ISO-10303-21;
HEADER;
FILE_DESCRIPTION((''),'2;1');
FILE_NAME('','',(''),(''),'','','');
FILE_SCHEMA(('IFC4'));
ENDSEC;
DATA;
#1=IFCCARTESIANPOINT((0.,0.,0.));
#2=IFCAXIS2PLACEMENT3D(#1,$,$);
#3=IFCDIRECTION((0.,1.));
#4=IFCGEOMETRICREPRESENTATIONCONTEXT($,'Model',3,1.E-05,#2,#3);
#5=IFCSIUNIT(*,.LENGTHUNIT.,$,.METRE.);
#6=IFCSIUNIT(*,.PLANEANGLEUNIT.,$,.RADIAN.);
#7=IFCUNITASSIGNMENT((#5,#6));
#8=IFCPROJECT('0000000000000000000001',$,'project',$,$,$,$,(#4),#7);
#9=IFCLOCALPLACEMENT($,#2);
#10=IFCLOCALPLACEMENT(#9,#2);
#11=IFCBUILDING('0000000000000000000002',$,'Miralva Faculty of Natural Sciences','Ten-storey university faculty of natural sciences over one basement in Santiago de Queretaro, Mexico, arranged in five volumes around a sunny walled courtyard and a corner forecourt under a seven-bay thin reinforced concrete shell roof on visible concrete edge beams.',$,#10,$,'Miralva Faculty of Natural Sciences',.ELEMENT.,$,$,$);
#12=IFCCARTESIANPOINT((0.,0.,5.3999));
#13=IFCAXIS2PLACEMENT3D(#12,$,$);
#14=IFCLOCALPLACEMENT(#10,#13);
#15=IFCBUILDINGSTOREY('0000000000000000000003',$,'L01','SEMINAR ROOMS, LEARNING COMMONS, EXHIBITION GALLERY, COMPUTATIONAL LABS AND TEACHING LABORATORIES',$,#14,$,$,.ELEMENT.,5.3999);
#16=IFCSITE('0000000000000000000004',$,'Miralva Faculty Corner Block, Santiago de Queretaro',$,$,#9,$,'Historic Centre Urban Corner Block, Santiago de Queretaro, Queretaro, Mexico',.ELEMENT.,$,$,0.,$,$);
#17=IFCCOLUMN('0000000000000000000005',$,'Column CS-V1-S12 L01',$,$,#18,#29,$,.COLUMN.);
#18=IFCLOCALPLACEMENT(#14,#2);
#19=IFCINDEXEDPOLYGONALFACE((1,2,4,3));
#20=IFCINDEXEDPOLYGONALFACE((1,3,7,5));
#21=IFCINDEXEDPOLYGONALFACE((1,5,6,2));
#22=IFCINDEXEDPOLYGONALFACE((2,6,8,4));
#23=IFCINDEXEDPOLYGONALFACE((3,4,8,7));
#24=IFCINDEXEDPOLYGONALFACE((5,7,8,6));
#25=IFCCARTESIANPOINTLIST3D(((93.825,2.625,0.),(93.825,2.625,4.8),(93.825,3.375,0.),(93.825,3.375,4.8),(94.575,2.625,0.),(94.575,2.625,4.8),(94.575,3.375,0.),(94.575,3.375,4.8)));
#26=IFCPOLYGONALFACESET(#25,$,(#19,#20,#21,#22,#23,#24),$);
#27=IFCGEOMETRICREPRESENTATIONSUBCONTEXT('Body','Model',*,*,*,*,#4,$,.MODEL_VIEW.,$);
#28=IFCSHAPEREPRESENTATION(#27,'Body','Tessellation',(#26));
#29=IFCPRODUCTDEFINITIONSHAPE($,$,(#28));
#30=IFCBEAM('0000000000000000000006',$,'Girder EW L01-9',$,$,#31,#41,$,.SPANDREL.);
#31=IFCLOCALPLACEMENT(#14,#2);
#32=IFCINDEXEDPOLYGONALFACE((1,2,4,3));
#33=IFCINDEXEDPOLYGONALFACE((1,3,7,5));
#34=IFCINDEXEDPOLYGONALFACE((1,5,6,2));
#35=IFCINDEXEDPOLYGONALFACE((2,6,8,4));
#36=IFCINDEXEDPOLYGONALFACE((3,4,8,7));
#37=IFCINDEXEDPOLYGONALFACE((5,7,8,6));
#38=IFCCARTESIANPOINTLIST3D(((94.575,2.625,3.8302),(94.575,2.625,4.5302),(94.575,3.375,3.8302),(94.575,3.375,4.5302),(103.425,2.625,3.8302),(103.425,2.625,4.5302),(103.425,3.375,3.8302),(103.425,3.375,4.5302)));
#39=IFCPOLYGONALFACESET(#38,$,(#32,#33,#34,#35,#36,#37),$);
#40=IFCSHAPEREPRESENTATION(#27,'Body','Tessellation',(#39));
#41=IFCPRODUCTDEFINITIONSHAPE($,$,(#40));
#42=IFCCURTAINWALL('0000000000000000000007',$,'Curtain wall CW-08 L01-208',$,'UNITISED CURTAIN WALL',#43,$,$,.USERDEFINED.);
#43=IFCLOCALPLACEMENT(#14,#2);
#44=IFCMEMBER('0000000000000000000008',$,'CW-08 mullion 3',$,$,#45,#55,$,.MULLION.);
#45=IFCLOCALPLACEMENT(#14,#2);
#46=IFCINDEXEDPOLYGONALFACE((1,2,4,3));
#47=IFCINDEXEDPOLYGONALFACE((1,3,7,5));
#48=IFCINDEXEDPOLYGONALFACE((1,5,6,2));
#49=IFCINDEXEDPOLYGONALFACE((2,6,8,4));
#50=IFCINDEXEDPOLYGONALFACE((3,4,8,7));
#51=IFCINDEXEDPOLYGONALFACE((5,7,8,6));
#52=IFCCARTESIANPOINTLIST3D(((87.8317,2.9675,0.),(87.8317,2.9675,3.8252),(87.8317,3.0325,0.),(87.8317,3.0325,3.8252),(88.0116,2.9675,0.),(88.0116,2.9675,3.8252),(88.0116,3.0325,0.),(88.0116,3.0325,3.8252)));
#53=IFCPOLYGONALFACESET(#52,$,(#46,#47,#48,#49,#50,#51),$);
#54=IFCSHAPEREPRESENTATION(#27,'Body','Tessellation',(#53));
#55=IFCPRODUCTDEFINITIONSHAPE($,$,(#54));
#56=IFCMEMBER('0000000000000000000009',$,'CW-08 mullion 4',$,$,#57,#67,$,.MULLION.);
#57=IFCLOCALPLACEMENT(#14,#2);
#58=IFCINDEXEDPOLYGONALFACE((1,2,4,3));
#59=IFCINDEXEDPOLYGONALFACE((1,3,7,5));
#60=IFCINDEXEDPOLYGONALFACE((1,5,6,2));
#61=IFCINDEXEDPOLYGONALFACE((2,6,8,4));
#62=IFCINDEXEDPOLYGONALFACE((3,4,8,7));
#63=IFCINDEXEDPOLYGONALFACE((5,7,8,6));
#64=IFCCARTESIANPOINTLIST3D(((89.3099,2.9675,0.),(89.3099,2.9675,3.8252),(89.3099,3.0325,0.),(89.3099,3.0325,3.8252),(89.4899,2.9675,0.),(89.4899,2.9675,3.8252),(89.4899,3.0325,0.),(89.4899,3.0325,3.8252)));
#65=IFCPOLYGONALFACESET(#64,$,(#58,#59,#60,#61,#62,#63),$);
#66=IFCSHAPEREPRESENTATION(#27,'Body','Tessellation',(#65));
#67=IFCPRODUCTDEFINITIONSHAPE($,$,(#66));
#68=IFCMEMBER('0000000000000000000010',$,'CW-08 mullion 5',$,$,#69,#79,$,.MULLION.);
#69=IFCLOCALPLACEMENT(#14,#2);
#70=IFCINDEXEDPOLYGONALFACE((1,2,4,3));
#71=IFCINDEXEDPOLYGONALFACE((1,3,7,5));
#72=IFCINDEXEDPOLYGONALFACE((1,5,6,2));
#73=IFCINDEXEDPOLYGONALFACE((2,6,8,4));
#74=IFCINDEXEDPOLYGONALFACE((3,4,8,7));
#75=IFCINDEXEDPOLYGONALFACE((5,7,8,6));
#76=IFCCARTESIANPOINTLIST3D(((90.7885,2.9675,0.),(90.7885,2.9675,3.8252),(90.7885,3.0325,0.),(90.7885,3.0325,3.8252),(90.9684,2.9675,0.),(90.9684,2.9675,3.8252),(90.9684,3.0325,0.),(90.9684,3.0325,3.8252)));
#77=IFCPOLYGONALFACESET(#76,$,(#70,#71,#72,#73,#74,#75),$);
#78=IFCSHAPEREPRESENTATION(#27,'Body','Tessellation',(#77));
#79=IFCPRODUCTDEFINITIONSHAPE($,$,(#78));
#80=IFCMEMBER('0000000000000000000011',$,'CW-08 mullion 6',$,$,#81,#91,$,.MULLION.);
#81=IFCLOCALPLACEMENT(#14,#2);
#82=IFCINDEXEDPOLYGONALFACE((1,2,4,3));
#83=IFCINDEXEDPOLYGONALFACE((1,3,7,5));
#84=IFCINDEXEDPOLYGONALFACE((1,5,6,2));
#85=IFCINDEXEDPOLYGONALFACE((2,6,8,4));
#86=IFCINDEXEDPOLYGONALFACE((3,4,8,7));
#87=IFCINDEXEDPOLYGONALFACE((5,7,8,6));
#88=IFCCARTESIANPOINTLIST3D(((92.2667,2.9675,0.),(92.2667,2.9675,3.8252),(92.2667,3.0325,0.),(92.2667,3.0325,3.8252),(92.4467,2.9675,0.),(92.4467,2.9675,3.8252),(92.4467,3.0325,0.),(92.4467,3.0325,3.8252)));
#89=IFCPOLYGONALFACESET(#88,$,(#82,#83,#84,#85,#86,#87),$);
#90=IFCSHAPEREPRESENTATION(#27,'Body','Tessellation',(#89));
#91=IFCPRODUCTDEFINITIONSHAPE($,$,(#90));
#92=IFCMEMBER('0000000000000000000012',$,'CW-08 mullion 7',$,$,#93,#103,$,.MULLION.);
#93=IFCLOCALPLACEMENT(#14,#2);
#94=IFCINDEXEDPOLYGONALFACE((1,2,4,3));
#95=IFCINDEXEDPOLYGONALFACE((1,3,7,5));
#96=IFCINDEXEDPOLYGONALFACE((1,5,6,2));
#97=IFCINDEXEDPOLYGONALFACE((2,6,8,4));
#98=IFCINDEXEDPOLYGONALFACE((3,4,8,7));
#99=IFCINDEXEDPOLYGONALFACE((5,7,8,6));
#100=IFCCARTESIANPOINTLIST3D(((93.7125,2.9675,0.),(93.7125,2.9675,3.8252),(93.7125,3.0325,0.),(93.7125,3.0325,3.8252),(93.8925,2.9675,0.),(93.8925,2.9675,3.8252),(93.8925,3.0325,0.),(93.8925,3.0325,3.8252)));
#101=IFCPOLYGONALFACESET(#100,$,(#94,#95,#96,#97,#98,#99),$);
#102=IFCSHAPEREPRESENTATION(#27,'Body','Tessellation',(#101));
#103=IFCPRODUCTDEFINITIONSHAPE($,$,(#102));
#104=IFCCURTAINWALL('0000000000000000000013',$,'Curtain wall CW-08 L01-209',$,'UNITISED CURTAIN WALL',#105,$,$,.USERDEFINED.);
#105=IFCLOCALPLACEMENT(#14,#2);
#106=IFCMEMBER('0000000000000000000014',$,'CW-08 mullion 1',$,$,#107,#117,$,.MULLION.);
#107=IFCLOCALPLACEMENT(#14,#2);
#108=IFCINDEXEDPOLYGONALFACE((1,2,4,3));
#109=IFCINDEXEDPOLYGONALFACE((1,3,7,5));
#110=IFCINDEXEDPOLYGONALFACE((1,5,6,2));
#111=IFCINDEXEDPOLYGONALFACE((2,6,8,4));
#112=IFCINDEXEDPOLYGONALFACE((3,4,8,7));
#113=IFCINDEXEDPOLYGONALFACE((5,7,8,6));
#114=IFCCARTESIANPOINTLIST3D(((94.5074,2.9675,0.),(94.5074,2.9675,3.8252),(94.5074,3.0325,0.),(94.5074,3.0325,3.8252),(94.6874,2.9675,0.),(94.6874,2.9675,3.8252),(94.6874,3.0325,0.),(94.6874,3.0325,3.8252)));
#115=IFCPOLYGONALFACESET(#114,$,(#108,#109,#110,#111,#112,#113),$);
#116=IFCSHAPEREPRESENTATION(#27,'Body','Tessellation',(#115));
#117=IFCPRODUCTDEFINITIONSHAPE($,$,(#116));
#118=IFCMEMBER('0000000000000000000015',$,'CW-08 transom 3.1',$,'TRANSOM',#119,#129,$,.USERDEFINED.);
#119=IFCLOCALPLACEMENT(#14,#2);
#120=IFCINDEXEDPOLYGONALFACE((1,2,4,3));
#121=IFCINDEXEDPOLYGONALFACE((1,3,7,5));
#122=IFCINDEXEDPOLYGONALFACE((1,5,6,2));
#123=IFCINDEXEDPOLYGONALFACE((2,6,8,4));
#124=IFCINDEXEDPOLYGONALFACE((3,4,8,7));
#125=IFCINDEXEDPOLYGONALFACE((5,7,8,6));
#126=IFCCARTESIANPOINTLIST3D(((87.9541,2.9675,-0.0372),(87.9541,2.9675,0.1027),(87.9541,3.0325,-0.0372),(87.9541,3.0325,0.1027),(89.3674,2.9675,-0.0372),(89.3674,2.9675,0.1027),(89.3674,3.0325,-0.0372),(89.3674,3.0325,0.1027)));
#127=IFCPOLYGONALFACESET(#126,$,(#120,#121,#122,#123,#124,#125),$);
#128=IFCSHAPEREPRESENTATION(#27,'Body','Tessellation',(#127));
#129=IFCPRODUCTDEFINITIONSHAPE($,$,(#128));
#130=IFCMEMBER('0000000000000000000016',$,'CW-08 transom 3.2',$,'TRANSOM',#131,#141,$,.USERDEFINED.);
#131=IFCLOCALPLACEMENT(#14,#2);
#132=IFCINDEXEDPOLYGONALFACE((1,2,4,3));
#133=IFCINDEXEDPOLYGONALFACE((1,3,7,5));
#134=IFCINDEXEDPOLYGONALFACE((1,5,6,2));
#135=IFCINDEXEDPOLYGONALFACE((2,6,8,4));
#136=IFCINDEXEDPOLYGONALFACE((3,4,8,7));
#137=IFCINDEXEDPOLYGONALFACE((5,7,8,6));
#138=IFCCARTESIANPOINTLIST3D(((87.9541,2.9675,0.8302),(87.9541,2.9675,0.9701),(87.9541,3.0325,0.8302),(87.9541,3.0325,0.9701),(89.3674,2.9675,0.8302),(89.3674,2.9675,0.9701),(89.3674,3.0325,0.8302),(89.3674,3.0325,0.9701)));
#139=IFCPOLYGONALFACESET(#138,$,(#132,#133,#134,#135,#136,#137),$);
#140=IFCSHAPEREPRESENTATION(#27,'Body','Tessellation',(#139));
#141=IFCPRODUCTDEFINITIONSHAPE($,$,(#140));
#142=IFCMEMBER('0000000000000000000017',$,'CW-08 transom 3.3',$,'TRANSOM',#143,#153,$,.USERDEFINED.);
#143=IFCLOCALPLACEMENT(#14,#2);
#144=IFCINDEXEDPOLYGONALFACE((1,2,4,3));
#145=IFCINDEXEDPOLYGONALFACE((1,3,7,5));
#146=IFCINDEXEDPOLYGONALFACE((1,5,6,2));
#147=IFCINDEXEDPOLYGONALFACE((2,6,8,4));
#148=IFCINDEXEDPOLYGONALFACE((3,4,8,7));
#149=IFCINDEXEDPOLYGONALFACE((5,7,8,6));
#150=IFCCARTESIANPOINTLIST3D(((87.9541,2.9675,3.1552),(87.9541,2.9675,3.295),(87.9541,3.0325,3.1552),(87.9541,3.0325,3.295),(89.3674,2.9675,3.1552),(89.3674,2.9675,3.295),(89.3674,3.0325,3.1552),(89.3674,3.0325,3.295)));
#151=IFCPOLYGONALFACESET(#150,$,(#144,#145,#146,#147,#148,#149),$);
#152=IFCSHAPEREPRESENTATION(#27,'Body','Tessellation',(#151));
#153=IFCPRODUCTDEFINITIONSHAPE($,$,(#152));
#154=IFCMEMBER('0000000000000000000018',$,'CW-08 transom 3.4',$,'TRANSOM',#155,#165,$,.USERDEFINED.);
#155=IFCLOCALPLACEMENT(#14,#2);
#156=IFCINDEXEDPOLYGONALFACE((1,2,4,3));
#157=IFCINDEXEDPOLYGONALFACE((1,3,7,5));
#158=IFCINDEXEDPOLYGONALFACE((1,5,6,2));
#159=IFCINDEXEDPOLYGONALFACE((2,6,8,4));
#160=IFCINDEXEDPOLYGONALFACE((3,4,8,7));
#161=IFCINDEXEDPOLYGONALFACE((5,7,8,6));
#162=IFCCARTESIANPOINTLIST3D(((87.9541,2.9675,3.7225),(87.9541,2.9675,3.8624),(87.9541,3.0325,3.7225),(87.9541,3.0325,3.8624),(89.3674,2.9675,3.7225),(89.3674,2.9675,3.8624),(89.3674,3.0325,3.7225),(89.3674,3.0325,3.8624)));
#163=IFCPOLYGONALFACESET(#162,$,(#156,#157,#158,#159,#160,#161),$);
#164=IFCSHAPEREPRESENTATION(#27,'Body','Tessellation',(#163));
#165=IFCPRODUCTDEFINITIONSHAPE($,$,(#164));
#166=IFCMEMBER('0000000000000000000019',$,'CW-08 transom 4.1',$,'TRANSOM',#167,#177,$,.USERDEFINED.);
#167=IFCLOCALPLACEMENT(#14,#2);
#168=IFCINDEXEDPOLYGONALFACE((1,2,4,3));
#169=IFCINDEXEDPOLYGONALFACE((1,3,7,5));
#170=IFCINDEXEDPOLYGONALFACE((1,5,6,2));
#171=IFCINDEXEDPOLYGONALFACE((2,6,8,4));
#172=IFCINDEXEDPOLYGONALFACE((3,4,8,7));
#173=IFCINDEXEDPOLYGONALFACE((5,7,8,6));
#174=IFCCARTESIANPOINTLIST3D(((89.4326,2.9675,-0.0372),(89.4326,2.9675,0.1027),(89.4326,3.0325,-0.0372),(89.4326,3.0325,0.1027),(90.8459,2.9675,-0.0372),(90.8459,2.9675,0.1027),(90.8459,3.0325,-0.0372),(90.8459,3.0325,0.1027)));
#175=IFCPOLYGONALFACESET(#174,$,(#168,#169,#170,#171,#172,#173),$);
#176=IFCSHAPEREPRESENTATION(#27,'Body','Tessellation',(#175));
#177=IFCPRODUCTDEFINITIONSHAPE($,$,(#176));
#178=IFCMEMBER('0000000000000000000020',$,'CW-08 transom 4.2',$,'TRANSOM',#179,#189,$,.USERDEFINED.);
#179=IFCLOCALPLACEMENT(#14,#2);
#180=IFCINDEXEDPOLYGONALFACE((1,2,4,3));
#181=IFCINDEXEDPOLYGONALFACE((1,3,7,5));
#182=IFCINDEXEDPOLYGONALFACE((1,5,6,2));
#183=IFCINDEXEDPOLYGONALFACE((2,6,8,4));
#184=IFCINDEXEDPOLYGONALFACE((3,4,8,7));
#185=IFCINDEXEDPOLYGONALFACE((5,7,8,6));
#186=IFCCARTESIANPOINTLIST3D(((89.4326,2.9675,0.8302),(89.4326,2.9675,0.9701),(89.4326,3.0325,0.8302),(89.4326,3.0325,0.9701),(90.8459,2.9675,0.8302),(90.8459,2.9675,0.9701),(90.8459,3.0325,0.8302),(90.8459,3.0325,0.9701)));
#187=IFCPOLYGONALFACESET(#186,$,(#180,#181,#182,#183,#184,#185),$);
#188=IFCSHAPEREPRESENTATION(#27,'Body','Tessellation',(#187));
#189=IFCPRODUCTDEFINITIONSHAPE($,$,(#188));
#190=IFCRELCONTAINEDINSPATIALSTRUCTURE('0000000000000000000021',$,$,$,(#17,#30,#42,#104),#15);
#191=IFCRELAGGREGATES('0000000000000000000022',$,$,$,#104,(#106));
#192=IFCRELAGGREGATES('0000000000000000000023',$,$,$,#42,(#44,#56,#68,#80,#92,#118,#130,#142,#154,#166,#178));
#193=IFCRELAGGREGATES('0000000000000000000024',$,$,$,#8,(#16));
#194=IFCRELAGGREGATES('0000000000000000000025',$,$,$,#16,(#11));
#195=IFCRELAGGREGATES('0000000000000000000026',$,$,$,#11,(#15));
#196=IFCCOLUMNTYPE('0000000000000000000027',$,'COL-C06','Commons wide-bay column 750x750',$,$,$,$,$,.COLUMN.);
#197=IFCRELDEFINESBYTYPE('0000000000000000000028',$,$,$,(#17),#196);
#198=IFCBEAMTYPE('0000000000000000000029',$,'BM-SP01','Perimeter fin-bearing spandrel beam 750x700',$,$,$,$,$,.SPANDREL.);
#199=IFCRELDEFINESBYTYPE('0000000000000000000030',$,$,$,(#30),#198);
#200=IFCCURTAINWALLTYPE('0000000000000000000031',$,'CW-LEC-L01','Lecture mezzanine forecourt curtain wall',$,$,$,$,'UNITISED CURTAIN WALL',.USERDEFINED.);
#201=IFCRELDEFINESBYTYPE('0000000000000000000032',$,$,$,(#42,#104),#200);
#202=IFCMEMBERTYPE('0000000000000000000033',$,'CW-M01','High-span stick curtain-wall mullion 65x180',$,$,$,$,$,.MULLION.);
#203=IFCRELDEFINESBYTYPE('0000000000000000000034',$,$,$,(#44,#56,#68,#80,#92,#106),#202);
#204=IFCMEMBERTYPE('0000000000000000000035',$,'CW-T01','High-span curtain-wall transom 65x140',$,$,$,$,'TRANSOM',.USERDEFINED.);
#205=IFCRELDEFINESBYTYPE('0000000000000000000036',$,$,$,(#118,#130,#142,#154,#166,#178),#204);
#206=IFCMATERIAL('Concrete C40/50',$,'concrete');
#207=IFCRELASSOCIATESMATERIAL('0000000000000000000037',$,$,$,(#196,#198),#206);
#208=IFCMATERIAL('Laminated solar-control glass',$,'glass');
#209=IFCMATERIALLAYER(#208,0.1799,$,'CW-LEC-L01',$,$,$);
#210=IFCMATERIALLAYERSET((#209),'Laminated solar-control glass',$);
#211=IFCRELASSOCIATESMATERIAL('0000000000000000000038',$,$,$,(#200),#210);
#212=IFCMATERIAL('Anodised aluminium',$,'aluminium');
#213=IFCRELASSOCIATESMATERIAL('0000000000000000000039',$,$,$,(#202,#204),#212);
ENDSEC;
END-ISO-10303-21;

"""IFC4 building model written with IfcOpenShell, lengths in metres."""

from ifc_helpers import new_model, si_unit, direction, frame, origin, origin_2d, place, context, subcontext, project, spatial, rectangle, extrude, material, layer, layer_set, material_profile, profile_set, type_object, element, aggregate, save


model = new_model("IFC4")

# Units and contexts
model_context = context("Model", 3, precision=1e-05, world=origin(), true_north=direction((0.0, 1.0)))
body_context = subcontext(model_context, "Body", "Model", "MODEL_VIEW")
ifc_project = project(units=[si_unit("LENGTHUNIT", "METRE"), si_unit("PLANEANGLEUNIT", "RADIAN")], contexts=[model_context])

# Site, building, storey
site_placement = place(None, origin())
site = spatial("IfcSite", under=ifc_project, at=site_placement, Name="Miralva Faculty Corner Block, Santiago de Queretaro", LongName="Historic Centre Urban Corner Block, Santiago de Queretaro, Queretaro, Mexico", CompositionType="ELEMENT", RefElevation=0.0)
building_placement = place(site_placement, origin())
building = spatial("IfcBuilding", under=site, at=building_placement, Name="Miralva Faculty of Natural Sciences", Description="Ten-storey university faculty of natural sciences over one basement in Santiago de Queretaro, Mexico, arranged in five volumes around a sunny walled courtyard and a corner forecourt under a seven-bay thin reinforced concrete shell roof on visible concrete edge beams.", LongName="Miralva Faculty of Natural Sciences", CompositionType="ELEMENT")
storey_placement = place(building_placement, frame((0.0, 0.0, 5.3999)))
storey = spatial("IfcBuildingStorey", under=building, at=storey_placement, Name="L01", Description="SEMINAR ROOMS, LEARNING COMMONS, EXHIBITION GALLERY, COMPUTATIONAL LABS AND TEACHING LABORATORIES", CompositionType="ELEMENT", Elevation=5.3999)

# Column
ifc_material_1 = material(Name="Concrete C40/50", Category="concrete")
ifc_material_profile_1 = material_profile(ifc_material_1, rectangle(XDim=0.75, YDim=0.75, at=origin_2d()), Name="RC 750x750")
ifc_profile_set_1 = profile_set([ifc_material_profile_1], Name="Concrete C40/50")
column_type = type_object("IfcColumnType", Name="COL-C06", Description="Commons wide-bay column 750x750", PredefinedType="COLUMN", material=ifc_profile_set_1)
column_placement = place(storey_placement, frame((94.2, 3.0, 0.0), z_axis=(0.0, 0.0, 1.0), x_axis=(1.0, 0.0, 0.0)))
element("IfcColumn", 1, at=column_placement, inside=storey, type_object=column_type, Name="Column CS-V1-S12 L01", PredefinedType="COLUMN", context=body_context, shape_type="SweptSolid", body=[
    extrude(rectangle(XDim=0.75, YDim=0.75, at=origin_2d()), origin(), (0.0, 0.0, 1.0), 4.8),
])

# Beam
ifc_material_profile_2 = material_profile(ifc_material_1, rectangle(XDim=0.75, YDim=0.7, at=origin_2d()), Name="RC 750x700")
ifc_profile_set_2 = profile_set([ifc_material_profile_2], Name="Concrete C40/50")
beam_type = type_object("IfcBeamType", Name="BM-SP01", Description="Perimeter fin-bearing spandrel beam 750x700", PredefinedType="SPANDREL", material=ifc_profile_set_2)
beam_placement = place(storey_placement, frame((94.575, 3.0, 4.1802), z_axis=(1.0, 0.0, 0.0), x_axis=(0.0, 1.0, 0.0)))
element("IfcBeam", 2, at=beam_placement, inside=storey, type_object=beam_type, Name="Girder EW L01-9", PredefinedType="SPANDREL", context=body_context, shape_type="SweptSolid", body=[
    extrude(rectangle(XDim=0.75, YDim=0.7, at=origin_2d()), origin(), (0.0, 0.0, 1.0), 8.8501),
])

# Curtain wall, members
ifc_material_2 = material(Name="Laminated solar-control glass", Category="glass")
ifc_layer_1 = layer(ifc_material_2, 0.1799, Name="CW-LEC-L01")
ifc_layer_set_1 = layer_set([ifc_layer_1], Name="Laminated solar-control glass")
curtain_wall_type = type_object("IfcCurtainWallType", Name="CW-LEC-L01", Description="Lecture mezzanine forecourt curtain wall", ElementType="UNITISED CURTAIN WALL", PredefinedType="USERDEFINED", material=ifc_layer_set_1)
curtain_wall_1_placement = place(storey_placement, origin())
curtain_wall_1 = element("IfcCurtainWall", 3, at=curtain_wall_1_placement, inside=storey, type_object=curtain_wall_type, Name="Curtain wall CW-08 L01-208", ObjectType="UNITISED CURTAIN WALL", PredefinedType="USERDEFINED")
ifc_material_3 = material(Name="Anodised aluminium", Category="aluminium")
ifc_material_profile_3 = material_profile(ifc_material_3, rectangle(XDim=0.0649, YDim=0.1799, at=origin_2d()), Name="MULLION 65x180")
ifc_profile_set_3 = profile_set([ifc_material_profile_3], Name="Anodised aluminium")
member_type_1 = type_object("IfcMemberType", Name="CW-M01", Description="High-span stick curtain-wall mullion 65x180", PredefinedType="MULLION", material=ifc_profile_set_3)
member_1_placement = place(storey_placement, frame((87.9216, 3.0, 0.0), z_axis=(0.0, 0.0, 1.0), x_axis=(0.0, 1.0, 0.0)))
member_1 = element("IfcMember", 4, at=member_1_placement, type_object=member_type_1, Name="CW-08 mullion 3", PredefinedType="MULLION", context=body_context, shape_type="SweptSolid", body=[
    extrude(rectangle(XDim=0.0649, YDim=0.1799, at=origin_2d()), origin(), (0.0, 0.0, 1.0), 3.8252),
])
member_2_placement = place(storey_placement, frame((89.3999, 3.0, 0.0), z_axis=(0.0, 0.0, 1.0), x_axis=(0.0, 1.0, 0.0)))
member_2 = element("IfcMember", 5, at=member_2_placement, type_object=member_type_1, Name="CW-08 mullion 4", PredefinedType="MULLION", context=body_context, shape_type="SweptSolid", body=[
    extrude(rectangle(XDim=0.0649, YDim=0.1799, at=origin_2d()), origin(), (0.0, 0.0, 1.0), 3.8252),
])
member_3_placement = place(storey_placement, frame((90.8784, 3.0, 0.0), z_axis=(0.0, 0.0, 1.0), x_axis=(0.0, 1.0, 0.0)))
member_3 = element("IfcMember", 6, at=member_3_placement, type_object=member_type_1, Name="CW-08 mullion 5", PredefinedType="MULLION", context=body_context, shape_type="SweptSolid", body=[
    extrude(rectangle(XDim=0.0649, YDim=0.1799, at=origin_2d()), origin(), (0.0, 0.0, 1.0), 3.8252),
])
member_4_placement = place(storey_placement, frame((92.3567, 3.0, 0.0), z_axis=(0.0, 0.0, 1.0), x_axis=(0.0, 1.0, 0.0)))
member_4 = element("IfcMember", 7, at=member_4_placement, type_object=member_type_1, Name="CW-08 mullion 6", PredefinedType="MULLION", context=body_context, shape_type="SweptSolid", body=[
    extrude(rectangle(XDim=0.0649, YDim=0.1799, at=origin_2d()), origin(), (0.0, 0.0, 1.0), 3.8252),
])
member_5_placement = place(storey_placement, frame((93.8025, 3.0, 0.0), z_axis=(0.0, 0.0, 1.0), x_axis=(0.0, 1.0, 0.0)))
member_5 = element("IfcMember", 8, at=member_5_placement, type_object=member_type_1, Name="CW-08 mullion 7", PredefinedType="MULLION", context=body_context, shape_type="SweptSolid", body=[
    extrude(rectangle(XDim=0.0649, YDim=0.1799, at=origin_2d()), origin(), (0.0, 0.0, 1.0), 3.8252),
])

# Curtain wall, member
curtain_wall_2_placement = place(storey_placement, origin())
curtain_wall_2 = element("IfcCurtainWall", 9, at=curtain_wall_2_placement, inside=storey, type_object=curtain_wall_type, Name="Curtain wall CW-08 L01-209", ObjectType="UNITISED CURTAIN WALL", PredefinedType="USERDEFINED")
member_6_placement = place(storey_placement, frame((94.5974, 3.0, 0.0), z_axis=(0.0, 0.0, 1.0), x_axis=(0.0, 1.0, 0.0)))
member_6 = element("IfcMember", 10, at=member_6_placement, type_object=member_type_1, Name="CW-08 mullion 1", PredefinedType="MULLION", context=body_context, shape_type="SweptSolid", body=[
    extrude(rectangle(XDim=0.0649, YDim=0.1799, at=origin_2d()), origin(), (0.0, 0.0, 1.0), 3.8252),
])

# Members
ifc_material_profile_4 = material_profile(ifc_material_3, rectangle(XDim=0.0649, YDim=0.1399, at=origin_2d()), Name="TRANSOM 65x140")
ifc_profile_set_4 = profile_set([ifc_material_profile_4], Name="Anodised aluminium")
member_type_2 = type_object("IfcMemberType", Name="CW-T01", Description="High-span curtain-wall transom 65x140", ElementType="TRANSOM", PredefinedType="USERDEFINED", material=ifc_profile_set_4)
member_7_placement = place(storey_placement, frame((87.9541, 3.0, 0.0327), z_axis=(1.0, 0.0, 0.0), x_axis=(0.0, 1.0, 0.0)))
member_7 = element("IfcMember", 11, at=member_7_placement, type_object=member_type_2, Name="CW-08 transom 3.1", ObjectType="TRANSOM", PredefinedType="USERDEFINED", context=body_context, shape_type="SweptSolid", body=[
    extrude(rectangle(XDim=0.0649, YDim=0.1399, at=origin_2d()), origin(), (0.0, 0.0, 1.0), 1.4133),
])
member_8_placement = place(storey_placement, frame((87.9541, 3.0, 0.9001), z_axis=(1.0, 0.0, 0.0), x_axis=(0.0, 1.0, 0.0)))
member_8 = element("IfcMember", 12, at=member_8_placement, type_object=member_type_2, Name="CW-08 transom 3.2", ObjectType="TRANSOM", PredefinedType="USERDEFINED", context=body_context, shape_type="SweptSolid", body=[
    extrude(rectangle(XDim=0.0649, YDim=0.1399, at=origin_2d()), origin(), (0.0, 0.0, 1.0), 1.4133),
])
member_9_placement = place(storey_placement, frame((87.9541, 3.0, 3.2251), z_axis=(1.0, 0.0, 0.0), x_axis=(0.0, 1.0, 0.0)))
member_9 = element("IfcMember", 13, at=member_9_placement, type_object=member_type_2, Name="CW-08 transom 3.3", ObjectType="TRANSOM", PredefinedType="USERDEFINED", context=body_context, shape_type="SweptSolid", body=[
    extrude(rectangle(XDim=0.0649, YDim=0.1399, at=origin_2d()), origin(), (0.0, 0.0, 1.0), 1.4133),
])
member_10_placement = place(storey_placement, frame((87.9541, 3.0, 3.7925), z_axis=(1.0, 0.0, 0.0), x_axis=(0.0, 1.0, 0.0)))
member_10 = element("IfcMember", 14, at=member_10_placement, type_object=member_type_2, Name="CW-08 transom 3.4", ObjectType="TRANSOM", PredefinedType="USERDEFINED", context=body_context, shape_type="SweptSolid", body=[
    extrude(rectangle(XDim=0.0649, YDim=0.1399, at=origin_2d()), origin(), (0.0, 0.0, 1.0), 1.4133),
])
member_11_placement = place(storey_placement, frame((89.4326, 3.0, 0.0327), z_axis=(1.0, 0.0, 0.0), x_axis=(0.0, 1.0, 0.0)))
member_11 = element("IfcMember", 15, at=member_11_placement, type_object=member_type_2, Name="CW-08 transom 4.1", ObjectType="TRANSOM", PredefinedType="USERDEFINED", context=body_context, shape_type="SweptSolid", body=[
    extrude(rectangle(XDim=0.0649, YDim=0.1399, at=origin_2d()), origin(), (0.0, 0.0, 1.0), 1.4133),
])
member_12_placement = place(storey_placement, frame((89.4326, 3.0, 0.9001), z_axis=(1.0, 0.0, 0.0), x_axis=(0.0, 1.0, 0.0)))
member_12 = element("IfcMember", 16, at=member_12_placement, type_object=member_type_2, Name="CW-08 transom 4.2", ObjectType="TRANSOM", PredefinedType="USERDEFINED", context=body_context, shape_type="SweptSolid", body=[
    extrude(rectangle(XDim=0.0649, YDim=0.1399, at=origin_2d()), origin(), (0.0, 0.0, 1.0), 1.4133),
])
aggregate(curtain_wall_2, [member_6])

aggregate(curtain_wall_1, [member_1, member_2, member_3, member_4, member_5, member_7, member_8, member_9, member_10, member_11, member_12])

save(model, "model.ifc")
